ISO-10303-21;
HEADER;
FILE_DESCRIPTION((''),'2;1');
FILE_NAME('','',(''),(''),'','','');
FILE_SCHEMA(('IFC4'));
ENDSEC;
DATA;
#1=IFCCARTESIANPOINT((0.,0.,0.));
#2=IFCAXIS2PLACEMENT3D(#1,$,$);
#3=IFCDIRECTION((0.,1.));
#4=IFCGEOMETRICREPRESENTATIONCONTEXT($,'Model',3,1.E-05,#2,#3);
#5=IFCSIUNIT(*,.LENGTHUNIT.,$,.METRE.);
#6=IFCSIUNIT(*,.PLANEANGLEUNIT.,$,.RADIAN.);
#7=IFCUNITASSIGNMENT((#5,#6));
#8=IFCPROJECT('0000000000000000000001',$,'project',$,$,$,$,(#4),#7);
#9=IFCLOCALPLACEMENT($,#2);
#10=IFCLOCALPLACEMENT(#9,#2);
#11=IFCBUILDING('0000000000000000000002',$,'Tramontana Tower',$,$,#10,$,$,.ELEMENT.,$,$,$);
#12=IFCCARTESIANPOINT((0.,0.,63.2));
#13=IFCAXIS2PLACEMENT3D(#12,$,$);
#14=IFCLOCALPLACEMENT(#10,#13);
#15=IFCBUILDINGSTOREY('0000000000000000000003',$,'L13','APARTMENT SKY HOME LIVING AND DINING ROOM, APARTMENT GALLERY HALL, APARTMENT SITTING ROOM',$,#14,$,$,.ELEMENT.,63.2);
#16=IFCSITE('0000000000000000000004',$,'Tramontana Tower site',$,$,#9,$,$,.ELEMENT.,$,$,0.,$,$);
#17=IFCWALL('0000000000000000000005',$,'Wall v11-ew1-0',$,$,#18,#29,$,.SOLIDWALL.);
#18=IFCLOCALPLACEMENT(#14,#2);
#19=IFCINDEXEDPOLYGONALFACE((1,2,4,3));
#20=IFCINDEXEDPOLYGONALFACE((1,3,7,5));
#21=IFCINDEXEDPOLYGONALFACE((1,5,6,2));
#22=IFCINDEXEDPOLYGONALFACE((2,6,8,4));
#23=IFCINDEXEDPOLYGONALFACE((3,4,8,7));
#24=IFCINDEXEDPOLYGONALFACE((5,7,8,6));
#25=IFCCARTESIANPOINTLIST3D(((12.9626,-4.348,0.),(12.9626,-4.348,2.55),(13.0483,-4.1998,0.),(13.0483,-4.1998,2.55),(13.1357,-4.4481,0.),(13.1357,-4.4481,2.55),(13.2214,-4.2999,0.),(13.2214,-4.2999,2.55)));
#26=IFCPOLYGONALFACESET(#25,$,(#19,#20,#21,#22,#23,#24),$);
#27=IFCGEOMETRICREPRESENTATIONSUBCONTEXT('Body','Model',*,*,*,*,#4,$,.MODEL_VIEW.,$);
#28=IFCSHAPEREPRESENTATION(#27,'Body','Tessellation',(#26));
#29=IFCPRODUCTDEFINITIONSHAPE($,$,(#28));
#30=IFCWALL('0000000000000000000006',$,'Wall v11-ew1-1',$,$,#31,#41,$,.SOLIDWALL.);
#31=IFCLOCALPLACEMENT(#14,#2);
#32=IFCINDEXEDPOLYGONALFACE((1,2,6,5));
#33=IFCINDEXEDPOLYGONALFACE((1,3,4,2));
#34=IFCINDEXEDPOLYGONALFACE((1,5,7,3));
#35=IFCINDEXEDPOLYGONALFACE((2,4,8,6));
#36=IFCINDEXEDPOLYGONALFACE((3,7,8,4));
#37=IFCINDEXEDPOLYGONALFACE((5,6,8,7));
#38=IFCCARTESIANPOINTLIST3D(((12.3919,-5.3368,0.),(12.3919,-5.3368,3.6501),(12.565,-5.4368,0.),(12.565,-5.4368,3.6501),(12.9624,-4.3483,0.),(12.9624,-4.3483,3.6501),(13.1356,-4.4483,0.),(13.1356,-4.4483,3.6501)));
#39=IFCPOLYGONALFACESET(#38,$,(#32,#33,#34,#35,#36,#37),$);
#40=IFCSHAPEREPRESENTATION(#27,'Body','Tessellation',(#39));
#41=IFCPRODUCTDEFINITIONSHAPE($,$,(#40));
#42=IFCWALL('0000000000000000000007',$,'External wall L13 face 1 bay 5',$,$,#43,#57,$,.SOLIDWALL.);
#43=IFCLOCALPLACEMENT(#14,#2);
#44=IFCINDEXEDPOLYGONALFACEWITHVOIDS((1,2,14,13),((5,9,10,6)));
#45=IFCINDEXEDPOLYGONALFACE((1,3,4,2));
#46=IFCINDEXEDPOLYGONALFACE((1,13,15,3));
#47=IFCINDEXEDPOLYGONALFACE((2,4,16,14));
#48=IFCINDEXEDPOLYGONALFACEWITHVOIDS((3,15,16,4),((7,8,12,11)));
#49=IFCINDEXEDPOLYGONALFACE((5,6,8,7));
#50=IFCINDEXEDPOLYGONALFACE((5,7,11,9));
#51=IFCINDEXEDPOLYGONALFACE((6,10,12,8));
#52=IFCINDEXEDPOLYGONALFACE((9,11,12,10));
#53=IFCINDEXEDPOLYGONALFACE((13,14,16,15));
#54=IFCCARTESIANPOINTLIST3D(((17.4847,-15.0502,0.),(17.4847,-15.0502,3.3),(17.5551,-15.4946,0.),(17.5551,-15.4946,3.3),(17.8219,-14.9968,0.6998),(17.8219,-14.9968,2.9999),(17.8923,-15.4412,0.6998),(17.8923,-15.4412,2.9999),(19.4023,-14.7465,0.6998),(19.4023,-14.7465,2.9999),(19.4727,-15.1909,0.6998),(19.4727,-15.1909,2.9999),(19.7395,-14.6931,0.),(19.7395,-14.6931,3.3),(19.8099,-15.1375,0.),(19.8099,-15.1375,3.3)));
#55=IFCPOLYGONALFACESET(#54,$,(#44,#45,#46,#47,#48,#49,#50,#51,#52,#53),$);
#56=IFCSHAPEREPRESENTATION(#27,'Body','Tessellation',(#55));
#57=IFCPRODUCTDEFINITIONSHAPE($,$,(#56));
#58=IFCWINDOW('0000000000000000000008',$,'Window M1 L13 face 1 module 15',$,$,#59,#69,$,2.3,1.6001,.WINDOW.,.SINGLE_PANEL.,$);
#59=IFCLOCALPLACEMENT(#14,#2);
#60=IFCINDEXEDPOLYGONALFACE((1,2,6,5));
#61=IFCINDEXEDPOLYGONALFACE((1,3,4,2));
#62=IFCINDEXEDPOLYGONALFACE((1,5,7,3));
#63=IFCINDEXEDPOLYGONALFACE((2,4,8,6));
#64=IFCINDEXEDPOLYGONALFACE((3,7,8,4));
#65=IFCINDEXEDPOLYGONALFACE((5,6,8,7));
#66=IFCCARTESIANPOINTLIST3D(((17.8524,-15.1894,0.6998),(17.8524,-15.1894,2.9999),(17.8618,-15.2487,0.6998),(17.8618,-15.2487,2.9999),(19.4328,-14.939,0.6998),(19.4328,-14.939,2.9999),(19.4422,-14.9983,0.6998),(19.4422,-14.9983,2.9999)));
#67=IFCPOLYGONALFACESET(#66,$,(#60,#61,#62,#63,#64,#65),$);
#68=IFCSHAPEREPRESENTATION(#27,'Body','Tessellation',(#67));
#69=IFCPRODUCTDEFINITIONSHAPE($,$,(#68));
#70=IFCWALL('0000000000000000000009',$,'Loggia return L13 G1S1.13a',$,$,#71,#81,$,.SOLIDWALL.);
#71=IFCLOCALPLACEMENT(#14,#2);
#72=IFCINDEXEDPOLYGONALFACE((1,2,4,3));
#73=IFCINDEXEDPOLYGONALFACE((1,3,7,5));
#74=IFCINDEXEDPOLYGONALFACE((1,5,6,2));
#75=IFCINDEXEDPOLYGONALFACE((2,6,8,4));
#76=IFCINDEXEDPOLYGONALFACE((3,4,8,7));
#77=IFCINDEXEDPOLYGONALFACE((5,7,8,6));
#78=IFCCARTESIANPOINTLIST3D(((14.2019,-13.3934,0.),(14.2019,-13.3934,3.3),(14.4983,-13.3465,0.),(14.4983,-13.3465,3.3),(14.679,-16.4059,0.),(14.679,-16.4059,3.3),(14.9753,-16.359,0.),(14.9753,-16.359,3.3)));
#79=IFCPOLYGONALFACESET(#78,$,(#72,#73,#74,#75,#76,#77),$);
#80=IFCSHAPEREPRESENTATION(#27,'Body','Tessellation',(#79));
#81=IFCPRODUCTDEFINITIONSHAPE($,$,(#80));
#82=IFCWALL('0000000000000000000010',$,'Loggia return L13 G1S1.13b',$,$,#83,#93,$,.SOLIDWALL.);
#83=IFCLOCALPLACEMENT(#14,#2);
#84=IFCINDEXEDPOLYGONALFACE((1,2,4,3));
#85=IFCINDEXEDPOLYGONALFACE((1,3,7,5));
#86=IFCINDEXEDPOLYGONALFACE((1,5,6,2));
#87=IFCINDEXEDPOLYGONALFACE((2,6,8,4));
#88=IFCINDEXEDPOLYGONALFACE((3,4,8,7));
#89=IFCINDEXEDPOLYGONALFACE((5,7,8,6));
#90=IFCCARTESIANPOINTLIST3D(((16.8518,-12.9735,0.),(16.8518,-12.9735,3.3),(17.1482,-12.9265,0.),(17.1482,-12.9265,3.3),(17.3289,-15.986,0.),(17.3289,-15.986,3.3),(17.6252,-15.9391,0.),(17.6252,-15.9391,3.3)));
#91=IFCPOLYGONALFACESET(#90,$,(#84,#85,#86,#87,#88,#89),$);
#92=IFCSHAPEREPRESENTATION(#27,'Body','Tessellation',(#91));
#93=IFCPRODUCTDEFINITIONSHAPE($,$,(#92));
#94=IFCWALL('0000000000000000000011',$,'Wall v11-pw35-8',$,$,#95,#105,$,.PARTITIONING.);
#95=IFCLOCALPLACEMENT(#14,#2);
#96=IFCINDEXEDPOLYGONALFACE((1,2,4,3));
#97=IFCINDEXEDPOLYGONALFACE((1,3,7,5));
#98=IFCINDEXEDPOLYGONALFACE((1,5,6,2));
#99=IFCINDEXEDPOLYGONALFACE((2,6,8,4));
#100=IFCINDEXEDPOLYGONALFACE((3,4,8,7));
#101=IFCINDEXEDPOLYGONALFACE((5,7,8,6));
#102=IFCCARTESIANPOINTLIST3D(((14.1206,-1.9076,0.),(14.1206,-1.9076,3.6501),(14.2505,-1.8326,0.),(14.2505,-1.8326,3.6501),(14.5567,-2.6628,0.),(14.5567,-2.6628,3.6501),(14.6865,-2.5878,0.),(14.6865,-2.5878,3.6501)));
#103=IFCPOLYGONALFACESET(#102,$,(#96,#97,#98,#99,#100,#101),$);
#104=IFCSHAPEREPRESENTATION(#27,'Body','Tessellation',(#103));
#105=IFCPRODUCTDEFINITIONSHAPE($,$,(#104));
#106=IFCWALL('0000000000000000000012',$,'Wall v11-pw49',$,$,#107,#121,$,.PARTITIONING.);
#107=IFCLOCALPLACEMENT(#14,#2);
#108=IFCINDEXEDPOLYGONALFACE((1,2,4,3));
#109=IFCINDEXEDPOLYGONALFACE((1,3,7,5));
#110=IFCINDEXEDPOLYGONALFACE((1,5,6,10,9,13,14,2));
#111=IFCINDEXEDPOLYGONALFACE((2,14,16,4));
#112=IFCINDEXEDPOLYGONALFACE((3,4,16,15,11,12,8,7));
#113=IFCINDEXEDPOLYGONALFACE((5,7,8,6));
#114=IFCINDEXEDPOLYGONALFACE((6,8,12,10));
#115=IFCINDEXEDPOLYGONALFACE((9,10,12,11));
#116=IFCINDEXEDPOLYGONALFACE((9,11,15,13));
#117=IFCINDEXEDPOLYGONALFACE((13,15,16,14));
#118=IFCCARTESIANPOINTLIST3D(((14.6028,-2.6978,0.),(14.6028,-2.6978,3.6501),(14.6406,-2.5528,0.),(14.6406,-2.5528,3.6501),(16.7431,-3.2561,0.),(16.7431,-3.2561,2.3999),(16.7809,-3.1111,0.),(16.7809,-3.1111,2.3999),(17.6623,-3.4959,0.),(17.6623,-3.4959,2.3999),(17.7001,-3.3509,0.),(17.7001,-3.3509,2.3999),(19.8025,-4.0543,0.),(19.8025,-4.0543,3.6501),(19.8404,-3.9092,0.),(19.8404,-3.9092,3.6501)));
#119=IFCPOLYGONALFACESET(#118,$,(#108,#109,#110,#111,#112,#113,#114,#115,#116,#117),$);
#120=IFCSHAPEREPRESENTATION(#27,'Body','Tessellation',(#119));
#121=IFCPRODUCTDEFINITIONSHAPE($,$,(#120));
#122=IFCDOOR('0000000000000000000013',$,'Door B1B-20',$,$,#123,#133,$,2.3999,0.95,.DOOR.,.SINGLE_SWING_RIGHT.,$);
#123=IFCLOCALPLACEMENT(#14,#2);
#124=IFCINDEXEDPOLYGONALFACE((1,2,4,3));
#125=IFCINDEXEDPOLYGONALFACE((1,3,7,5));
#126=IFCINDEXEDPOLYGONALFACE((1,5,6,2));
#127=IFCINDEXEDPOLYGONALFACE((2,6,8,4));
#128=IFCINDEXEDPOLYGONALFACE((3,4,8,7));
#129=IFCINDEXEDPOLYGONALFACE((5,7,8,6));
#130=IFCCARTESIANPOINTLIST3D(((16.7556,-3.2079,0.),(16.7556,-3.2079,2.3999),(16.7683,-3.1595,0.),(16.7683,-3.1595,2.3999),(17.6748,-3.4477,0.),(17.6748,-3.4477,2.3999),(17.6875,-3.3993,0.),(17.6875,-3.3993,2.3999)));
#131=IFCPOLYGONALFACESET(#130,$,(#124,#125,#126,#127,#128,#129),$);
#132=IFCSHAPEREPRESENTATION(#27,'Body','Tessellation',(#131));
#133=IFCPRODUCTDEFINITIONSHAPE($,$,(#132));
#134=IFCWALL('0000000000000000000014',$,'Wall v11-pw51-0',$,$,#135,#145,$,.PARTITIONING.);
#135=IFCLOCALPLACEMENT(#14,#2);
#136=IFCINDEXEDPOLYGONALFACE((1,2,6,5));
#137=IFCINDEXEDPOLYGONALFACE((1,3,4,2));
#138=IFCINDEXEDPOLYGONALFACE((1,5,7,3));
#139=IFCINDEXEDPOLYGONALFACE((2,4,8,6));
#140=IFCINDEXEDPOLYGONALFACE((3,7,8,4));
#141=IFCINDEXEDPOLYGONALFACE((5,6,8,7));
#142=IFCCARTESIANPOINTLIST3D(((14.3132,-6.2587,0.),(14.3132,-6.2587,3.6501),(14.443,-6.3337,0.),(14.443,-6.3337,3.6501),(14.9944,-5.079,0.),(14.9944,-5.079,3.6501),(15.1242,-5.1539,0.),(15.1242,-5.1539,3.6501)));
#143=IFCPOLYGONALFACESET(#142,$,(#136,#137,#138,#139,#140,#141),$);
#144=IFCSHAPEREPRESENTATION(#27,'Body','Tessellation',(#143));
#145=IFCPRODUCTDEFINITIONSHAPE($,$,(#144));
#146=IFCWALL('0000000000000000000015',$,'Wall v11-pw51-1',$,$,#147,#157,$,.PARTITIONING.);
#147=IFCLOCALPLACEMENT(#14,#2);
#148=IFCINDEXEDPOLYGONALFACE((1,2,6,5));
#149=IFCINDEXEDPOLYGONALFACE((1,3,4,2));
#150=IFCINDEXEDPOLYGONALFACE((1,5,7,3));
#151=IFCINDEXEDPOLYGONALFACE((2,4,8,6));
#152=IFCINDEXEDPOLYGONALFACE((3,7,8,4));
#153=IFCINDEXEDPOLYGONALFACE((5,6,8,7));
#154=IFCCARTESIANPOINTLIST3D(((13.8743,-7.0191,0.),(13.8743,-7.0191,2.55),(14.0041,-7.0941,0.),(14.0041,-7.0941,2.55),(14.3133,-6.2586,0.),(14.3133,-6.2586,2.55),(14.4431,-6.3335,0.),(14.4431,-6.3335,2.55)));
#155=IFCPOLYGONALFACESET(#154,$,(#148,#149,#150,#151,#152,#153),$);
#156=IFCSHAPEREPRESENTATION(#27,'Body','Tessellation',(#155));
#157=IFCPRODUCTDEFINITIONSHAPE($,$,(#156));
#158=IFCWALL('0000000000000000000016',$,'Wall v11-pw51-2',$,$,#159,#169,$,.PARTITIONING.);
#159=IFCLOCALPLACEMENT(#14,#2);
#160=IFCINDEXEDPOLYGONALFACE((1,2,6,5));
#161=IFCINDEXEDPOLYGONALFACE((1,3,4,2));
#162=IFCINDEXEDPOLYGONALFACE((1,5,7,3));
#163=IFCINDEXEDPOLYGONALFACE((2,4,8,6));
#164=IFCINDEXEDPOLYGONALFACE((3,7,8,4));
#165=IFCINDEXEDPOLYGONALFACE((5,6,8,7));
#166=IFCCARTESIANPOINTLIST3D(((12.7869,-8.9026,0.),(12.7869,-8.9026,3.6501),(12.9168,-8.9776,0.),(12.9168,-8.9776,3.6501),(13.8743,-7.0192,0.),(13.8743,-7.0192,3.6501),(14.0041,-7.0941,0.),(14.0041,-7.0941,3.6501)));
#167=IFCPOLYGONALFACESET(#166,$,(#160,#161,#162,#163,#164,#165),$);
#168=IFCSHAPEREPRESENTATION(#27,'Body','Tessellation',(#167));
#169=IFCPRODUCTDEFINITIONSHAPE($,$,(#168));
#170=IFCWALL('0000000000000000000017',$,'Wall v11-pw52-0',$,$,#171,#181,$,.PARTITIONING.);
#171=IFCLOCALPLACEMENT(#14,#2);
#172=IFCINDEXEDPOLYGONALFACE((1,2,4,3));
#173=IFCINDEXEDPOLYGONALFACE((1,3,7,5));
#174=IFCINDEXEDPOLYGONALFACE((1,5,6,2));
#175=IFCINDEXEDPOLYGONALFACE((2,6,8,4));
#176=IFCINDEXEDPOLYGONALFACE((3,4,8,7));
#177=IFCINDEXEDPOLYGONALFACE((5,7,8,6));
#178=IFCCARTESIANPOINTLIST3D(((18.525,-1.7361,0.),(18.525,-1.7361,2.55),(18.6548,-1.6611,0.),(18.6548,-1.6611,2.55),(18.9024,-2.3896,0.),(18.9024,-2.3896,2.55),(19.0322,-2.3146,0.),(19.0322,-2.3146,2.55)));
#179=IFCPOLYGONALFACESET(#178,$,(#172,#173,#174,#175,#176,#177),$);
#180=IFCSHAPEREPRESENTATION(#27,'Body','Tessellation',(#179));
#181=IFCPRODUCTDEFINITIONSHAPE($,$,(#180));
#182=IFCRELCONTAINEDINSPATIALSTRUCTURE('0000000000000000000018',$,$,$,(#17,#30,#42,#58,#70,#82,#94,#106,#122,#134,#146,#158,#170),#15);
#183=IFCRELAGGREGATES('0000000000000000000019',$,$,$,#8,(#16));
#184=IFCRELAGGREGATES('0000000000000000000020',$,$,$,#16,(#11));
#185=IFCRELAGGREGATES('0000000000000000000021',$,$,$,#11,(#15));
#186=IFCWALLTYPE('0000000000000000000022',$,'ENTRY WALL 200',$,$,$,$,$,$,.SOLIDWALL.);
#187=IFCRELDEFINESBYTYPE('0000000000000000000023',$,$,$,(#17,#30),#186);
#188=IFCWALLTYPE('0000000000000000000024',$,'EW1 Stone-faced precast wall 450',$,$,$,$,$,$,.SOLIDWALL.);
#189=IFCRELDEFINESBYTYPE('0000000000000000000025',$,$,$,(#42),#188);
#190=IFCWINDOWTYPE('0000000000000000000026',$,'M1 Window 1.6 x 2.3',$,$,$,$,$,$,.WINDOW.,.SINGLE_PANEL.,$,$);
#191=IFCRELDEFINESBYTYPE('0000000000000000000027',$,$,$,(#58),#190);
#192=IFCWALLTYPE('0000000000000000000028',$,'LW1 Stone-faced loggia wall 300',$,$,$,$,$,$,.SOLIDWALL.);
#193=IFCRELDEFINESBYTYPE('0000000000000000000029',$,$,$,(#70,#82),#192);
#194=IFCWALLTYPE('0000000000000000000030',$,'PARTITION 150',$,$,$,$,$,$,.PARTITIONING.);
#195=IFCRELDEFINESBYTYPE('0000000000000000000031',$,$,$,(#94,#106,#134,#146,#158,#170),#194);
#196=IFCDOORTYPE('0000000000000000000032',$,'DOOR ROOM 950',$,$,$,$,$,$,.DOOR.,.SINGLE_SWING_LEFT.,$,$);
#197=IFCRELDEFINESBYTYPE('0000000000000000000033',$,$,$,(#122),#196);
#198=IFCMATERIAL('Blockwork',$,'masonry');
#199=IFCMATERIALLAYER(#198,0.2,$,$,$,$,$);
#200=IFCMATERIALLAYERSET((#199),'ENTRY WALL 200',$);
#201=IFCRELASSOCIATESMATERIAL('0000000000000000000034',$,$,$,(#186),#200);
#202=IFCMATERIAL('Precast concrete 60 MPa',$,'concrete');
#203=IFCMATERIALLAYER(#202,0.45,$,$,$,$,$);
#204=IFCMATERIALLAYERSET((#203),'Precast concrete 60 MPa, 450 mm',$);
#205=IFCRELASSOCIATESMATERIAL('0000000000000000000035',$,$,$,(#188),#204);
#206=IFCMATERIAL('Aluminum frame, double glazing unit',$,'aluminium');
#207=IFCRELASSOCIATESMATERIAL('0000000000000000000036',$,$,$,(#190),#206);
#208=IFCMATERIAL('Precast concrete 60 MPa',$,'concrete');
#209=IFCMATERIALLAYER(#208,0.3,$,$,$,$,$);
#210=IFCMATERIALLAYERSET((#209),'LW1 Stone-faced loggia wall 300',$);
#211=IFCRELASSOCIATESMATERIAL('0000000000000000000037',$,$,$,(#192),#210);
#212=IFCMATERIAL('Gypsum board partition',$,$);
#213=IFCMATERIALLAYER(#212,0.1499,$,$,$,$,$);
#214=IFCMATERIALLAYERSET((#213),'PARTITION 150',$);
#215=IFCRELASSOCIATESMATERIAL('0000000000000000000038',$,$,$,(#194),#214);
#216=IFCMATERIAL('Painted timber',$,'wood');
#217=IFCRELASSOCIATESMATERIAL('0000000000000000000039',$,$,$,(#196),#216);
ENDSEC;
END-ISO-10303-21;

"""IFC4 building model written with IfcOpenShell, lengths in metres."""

from ifc_helpers import new_model, si_unit, direction, frame, frame_2d, origin, place, context, subcontext, project, spatial, rectangle, extrude, material, layer, layer_set, type_object, element, fill, save


model = new_model("IFC4")

# Units and contexts
model_context = context("Model", 3, precision=1e-05, world=origin(), true_north=direction((0.0, 1.0)))
body_context = subcontext(model_context, "Body", "Model", "MODEL_VIEW")
ifc_project = project(units=[si_unit("LENGTHUNIT", "METRE"), si_unit("PLANEANGLEUNIT", "RADIAN")], contexts=[model_context])

# Site, building, storey
site_placement = place(None, origin())
site = spatial("IfcSite", under=ifc_project, at=site_placement, Name="Tramontana Tower site", CompositionType="ELEMENT", RefElevation=0.0)
building_placement = place(site_placement, origin())
building = spatial("IfcBuilding", under=site, at=building_placement, Name="Tramontana Tower", CompositionType="ELEMENT")
storey_placement = place(building_placement, frame((0.0, 0.0, 63.2)))
storey = spatial("IfcBuildingStorey", under=building, at=storey_placement, Name="L13", Description="APARTMENT SKY HOME LIVING AND DINING ROOM, APARTMENT GALLERY HALL, APARTMENT SITTING ROOM", CompositionType="ELEMENT", Elevation=63.2)

# Walls
ifc_material_1 = material(Name="Blockwork", Category="masonry")
ifc_layer_1 = layer(ifc_material_1, 0.2)
ifc_layer_set_1 = layer_set([ifc_layer_1], Name="ENTRY WALL 200")
wall_type_1 = type_object("IfcWallType", Name="ENTRY WALL 200", PredefinedType="SOLIDWALL", material=ifc_layer_set_1)
wall_1_placement = place(storey_placement, frame((13.1348, -4.25, 0.0), z_axis=(0.0, 0.0, 1.0), x_axis=(-0.500586, -0.865687, 0.0)))
element("IfcWall", 1, at=wall_1_placement, inside=storey, type_object=wall_type_1, Name="Wall v11-ew1-0", PredefinedType="SOLIDWALL", context=body_context, shape_type="SweptSolid", body=[
    extrude(rectangle(XDim=0.1711, YDim=0.2, at=frame_2d((0.0854, 0.0))), origin(), (0.0, 0.0, 1.0), 2.55),
])
wall_2_placement = place(storey_placement, frame((13.0491, -4.3982, 0.0), z_axis=(0.0, 0.0, 1.0), x_axis=(-0.499889, -0.866089, 0.0)))
element("IfcWall", 2, at=wall_2_placement, inside=storey, type_object=wall_type_1, Name="Wall v11-ew1-1", PredefinedType="SOLIDWALL", context=body_context, shape_type="SweptSolid", body=[
    extrude(rectangle(XDim=1.1414, YDim=0.2, at=frame_2d((0.5708, 0.0))), origin(), (0.0, 0.0, 1.0), 3.6501),
])

# Wall, opening, window
ifc_material_2 = material(Name="Precast concrete 60 MPa", Category="concrete")
ifc_layer_2 = layer(ifc_material_2, 0.45)
ifc_layer_set_2 = layer_set([ifc_layer_2], Name="Precast concrete 60 MPa, 450 mm")
wall_type_2 = type_object("IfcWallType", Name="EW1 Stone-faced precast wall 450", PredefinedType="SOLIDWALL", material=ifc_layer_set_2)
wall_3_placement = place(storey_placement, frame((17.5198, -15.2725, 0.0), z_axis=(0.0, 0.0, 1.0), x_axis=(0.987686, 0.156451, 0.0)))
wall_3 = element("IfcWall", 3, at=wall_3_placement, inside=storey, type_object=wall_type_2, Name="External wall L13 face 1 bay 5", PredefinedType="SOLIDWALL", context=body_context, shape_type="SweptSolid", body=[
    extrude(rectangle(XDim=2.283, YDim=0.45, at=frame_2d((1.1416, 0.0))), origin(), (0.0, 0.0, 1.0), 3.3),
])
opening_1_placement = place(wall_3_placement, frame((0.3416, 0.0, 0.7)))
opening_1 = element("IfcOpeningElement", 4, at=opening_1_placement, cuts=wall_3, PredefinedType="OPENING", context=body_context, shape_type="SweptSolid", body=[
    extrude(rectangle(XDim=1.6001, YDim=2.3, at=frame_2d((0.8, 1.1499))), frame((0.0, 0.2349, 0.0), z_axis=(0.0, -1.0, 0.0), x_axis=(1.0, 0.0, 0.0)), (0.0, 0.0, 1.0), 0.47),
])
ifc_material_3 = material(Name="Aluminum frame, double glazing unit", Category="aluminium")
window_type = type_object("IfcWindowType", Name="M1 Window 1.6 x 2.3", PartitioningType="SINGLE_PANEL", PredefinedType="WINDOW", material=ifc_material_3)
window_placement = place(opening_1_placement, origin())
window = element("IfcWindow", 5, at=window_placement, inside=storey, type_object=window_type, Name="Window M1 L13 face 1 module 15", OverallHeight=2.3, OverallWidth=1.6001, PartitioningType="SINGLE_PANEL", PredefinedType="WINDOW", context=body_context, shape_type="SweptSolid", body=[
    extrude(rectangle(XDim=1.6001, YDim=2.3, at=frame_2d((0.8, 1.1499))), frame((0.0, 0.03, 0.0), z_axis=(0.0, -1.0, 0.0), x_axis=(1.0, 0.0, 0.0)), (0.0, 0.0, 1.0), 0.0601),
])
fill(opening_1, window)

# Shared definitions
ifc_material_4 = material(Name="Precast concrete 60 MPa", Category="concrete")
ifc_layer_3 = layer(ifc_material_4, 0.3)
ifc_layer_set_3 = layer_set([ifc_layer_3], Name="LW1 Stone-faced loggia wall 300")
wall_type_3 = type_object("IfcWallType", Name="LW1 Stone-faced loggia wall 300", PredefinedType="SOLIDWALL", material=ifc_layer_set_3)

# Walls
for number, where, z_axis, x_axis, name in (
    (6, (14.8271, -16.3823, 0.0), (0.0, 0.0, 1.0), (-0.156411, 0.987692, 0.0), "Loggia return L13 G1S1.13a"),
    (7, (17.4771, -15.9624, 0.0), (0.0, 0.0, 1.0), (-0.156411, 0.987692, 0.0), "Loggia return L13 G1S1.13b"),
):
    element("IfcWall", number, at=place(storey_placement, frame(where, z_axis=z_axis, x_axis=x_axis)), inside=storey, type_object=wall_type_3, Name=name, PredefinedType="SOLIDWALL", context=body_context, shape_type="SweptSolid", body=[
        extrude(rectangle(XDim=3.05, YDim=0.3, at=frame_2d((1.5249, 0.0))), origin(), (0.0, 0.0, 1.0), 3.3),
    ])
ifc_material_5 = material(Name="Gypsum board partition")
ifc_layer_4 = layer(ifc_material_5, 0.1499)
ifc_layer_set_4 = layer_set([ifc_layer_4], Name="PARTITION 150")
wall_type_4 = type_object("IfcWallType", Name="PARTITION 150", PredefinedType="PARTITIONING", material=ifc_layer_set_4)
wall_4_placement = place(storey_placement, frame((14.1855, -1.8701, 0.0), z_axis=(0.0, 0.0, 1.0), x_axis=(0.500054, -0.865994, 0.0)))
element("IfcWall", 8, at=wall_4_placement, inside=storey, type_object=wall_type_4, Name="Wall v11-pw35-8", PredefinedType="PARTITIONING", context=body_context, shape_type="SweptSolid", body=[
    extrude(rectangle(XDim=0.8721, YDim=0.1499, at=frame_2d((0.436, 0.0))), origin(), (0.0, 0.0, 1.0), 3.6501),
])

# Wall, opening, door
wall_5_placement = place(storey_placement, frame((14.6216, -2.6252, 0.0), z_axis=(0.0, 0.0, 1.0), x_axis=(0.967617, -0.252422, 0.0)))
wall_5 = element("IfcWall", 9, at=wall_5_placement, inside=storey, type_object=wall_type_4, Name="Wall v11-pw49", PredefinedType="PARTITIONING", context=body_context, shape_type="SweptSolid", body=[
    extrude(rectangle(XDim=5.3738, YDim=0.1499, at=frame_2d((2.687, 0.0))), origin(), (0.0, 0.0, 1.0), 3.6501),
])
opening_2_placement = place(wall_5_placement, frame((2.2119, 0.0, 0.0)))
opening_2 = element("IfcOpeningElement", 10, at=opening_2_placement, cuts=wall_5, PredefinedType="OPENING", context=body_context, shape_type="SweptSolid", body=[
    extrude(rectangle(XDim=0.95, YDim=2.3999, at=frame_2d((0.4751, 1.2))), frame((0.0, 0.085, 0.0), z_axis=(0.0, -1.0, 0.0), x_axis=(1.0, 0.0, 0.0)), (0.0, 0.0, 1.0), 0.1699),
])
ifc_material_6 = material(Name="Painted timber", Category="wood")
door_type_1 = type_object("IfcDoorType", Name="DOOR ROOM 950", OperationType="SINGLE_SWING_LEFT", PredefinedType="DOOR", material=ifc_material_6)
door_1_placement = place(opening_2_placement, origin())
door_1 = element("IfcDoor", 11, at=door_1_placement, inside=storey, type_object=door_type_1, Name="Door B1B-20", OperationType="SINGLE_SWING_RIGHT", OverallHeight=2.3999, OverallWidth=0.95, PredefinedType="DOOR", context=body_context, shape_type="SweptSolid", body=[
    extrude(rectangle(XDim=0.95, YDim=2.3999, at=frame_2d((0.4751, 1.2))), frame((0.0, 0.0249, 0.0), z_axis=(0.0, -1.0, 0.0), x_axis=(1.0, 0.0, 0.0)), (0.0, 0.0, 1.0), 0.05),
])
fill(opening_2, door_1)

# Walls
wall_6_placement = place(storey_placement, frame((15.0593, -5.1165, 0.0), z_axis=(0.0, 0.0, 1.0), x_axis=(-0.500033, -0.866007, 0.0)))
element("IfcWall", 12, at=wall_6_placement, inside=storey, type_object=wall_type_4, Name="Wall v11-pw51-0", PredefinedType="PARTITIONING", context=body_context, shape_type="SweptSolid", body=[
    extrude(rectangle(XDim=1.3623, YDim=0.1499, at=frame_2d((0.6812, 0.0))), origin(), (0.0, 0.0, 1.0), 3.6501),
])
wall_7_placement = place(storey_placement, frame((14.3782, -6.2961, 0.0), z_axis=(0.0, 0.0, 1.0), x_axis=(-0.499907, -0.866079, 0.0)))
element("IfcWall", 13, at=wall_7_placement, inside=storey, type_object=wall_type_4, Name="Wall v11-pw51-1", PredefinedType="PARTITIONING", context=body_context, shape_type="SweptSolid", body=[
    extrude(rectangle(XDim=0.8782, YDim=0.1499, at=frame_2d((0.439, 0.0))), origin(), (0.0, 0.0, 1.0), 2.55),
])
wall_8_placement = place(storey_placement, frame((13.9392, -7.0566, 0.0), z_axis=(0.0, 0.0, 1.0), x_axis=(-0.499978, -0.866038, 0.0)))
element("IfcWall", 14, at=wall_8_placement, inside=storey, type_object=wall_type_4, Name="Wall v11-pw51-2", PredefinedType="PARTITIONING", context=body_context, shape_type="SweptSolid", body=[
    extrude(rectangle(XDim=2.1748, YDim=0.1499, at=frame_2d((1.0874, 0.0))), origin(), (0.0, 0.0, 1.0), 3.6501),
])

# Wall
wall_9_placement = place(storey_placement, frame((18.5898, -1.6985, 0.0), z_axis=(0.0, 0.0, 1.0), x_axis=(0.500105, -0.865965, 0.0)))
element("IfcWall", 15, at=wall_9_placement, inside=storey, type_object=wall_type_4, Name="Wall v11-pw52-0", PredefinedType="PARTITIONING", context=body_context, shape_type="SweptSolid", body=[
    extrude(rectangle(XDim=0.7546, YDim=0.1499, at=frame_2d((0.3774, 0.0))), origin(), (0.0, 0.0, 1.0), 2.55),
])

save(model, "model.ifc")
